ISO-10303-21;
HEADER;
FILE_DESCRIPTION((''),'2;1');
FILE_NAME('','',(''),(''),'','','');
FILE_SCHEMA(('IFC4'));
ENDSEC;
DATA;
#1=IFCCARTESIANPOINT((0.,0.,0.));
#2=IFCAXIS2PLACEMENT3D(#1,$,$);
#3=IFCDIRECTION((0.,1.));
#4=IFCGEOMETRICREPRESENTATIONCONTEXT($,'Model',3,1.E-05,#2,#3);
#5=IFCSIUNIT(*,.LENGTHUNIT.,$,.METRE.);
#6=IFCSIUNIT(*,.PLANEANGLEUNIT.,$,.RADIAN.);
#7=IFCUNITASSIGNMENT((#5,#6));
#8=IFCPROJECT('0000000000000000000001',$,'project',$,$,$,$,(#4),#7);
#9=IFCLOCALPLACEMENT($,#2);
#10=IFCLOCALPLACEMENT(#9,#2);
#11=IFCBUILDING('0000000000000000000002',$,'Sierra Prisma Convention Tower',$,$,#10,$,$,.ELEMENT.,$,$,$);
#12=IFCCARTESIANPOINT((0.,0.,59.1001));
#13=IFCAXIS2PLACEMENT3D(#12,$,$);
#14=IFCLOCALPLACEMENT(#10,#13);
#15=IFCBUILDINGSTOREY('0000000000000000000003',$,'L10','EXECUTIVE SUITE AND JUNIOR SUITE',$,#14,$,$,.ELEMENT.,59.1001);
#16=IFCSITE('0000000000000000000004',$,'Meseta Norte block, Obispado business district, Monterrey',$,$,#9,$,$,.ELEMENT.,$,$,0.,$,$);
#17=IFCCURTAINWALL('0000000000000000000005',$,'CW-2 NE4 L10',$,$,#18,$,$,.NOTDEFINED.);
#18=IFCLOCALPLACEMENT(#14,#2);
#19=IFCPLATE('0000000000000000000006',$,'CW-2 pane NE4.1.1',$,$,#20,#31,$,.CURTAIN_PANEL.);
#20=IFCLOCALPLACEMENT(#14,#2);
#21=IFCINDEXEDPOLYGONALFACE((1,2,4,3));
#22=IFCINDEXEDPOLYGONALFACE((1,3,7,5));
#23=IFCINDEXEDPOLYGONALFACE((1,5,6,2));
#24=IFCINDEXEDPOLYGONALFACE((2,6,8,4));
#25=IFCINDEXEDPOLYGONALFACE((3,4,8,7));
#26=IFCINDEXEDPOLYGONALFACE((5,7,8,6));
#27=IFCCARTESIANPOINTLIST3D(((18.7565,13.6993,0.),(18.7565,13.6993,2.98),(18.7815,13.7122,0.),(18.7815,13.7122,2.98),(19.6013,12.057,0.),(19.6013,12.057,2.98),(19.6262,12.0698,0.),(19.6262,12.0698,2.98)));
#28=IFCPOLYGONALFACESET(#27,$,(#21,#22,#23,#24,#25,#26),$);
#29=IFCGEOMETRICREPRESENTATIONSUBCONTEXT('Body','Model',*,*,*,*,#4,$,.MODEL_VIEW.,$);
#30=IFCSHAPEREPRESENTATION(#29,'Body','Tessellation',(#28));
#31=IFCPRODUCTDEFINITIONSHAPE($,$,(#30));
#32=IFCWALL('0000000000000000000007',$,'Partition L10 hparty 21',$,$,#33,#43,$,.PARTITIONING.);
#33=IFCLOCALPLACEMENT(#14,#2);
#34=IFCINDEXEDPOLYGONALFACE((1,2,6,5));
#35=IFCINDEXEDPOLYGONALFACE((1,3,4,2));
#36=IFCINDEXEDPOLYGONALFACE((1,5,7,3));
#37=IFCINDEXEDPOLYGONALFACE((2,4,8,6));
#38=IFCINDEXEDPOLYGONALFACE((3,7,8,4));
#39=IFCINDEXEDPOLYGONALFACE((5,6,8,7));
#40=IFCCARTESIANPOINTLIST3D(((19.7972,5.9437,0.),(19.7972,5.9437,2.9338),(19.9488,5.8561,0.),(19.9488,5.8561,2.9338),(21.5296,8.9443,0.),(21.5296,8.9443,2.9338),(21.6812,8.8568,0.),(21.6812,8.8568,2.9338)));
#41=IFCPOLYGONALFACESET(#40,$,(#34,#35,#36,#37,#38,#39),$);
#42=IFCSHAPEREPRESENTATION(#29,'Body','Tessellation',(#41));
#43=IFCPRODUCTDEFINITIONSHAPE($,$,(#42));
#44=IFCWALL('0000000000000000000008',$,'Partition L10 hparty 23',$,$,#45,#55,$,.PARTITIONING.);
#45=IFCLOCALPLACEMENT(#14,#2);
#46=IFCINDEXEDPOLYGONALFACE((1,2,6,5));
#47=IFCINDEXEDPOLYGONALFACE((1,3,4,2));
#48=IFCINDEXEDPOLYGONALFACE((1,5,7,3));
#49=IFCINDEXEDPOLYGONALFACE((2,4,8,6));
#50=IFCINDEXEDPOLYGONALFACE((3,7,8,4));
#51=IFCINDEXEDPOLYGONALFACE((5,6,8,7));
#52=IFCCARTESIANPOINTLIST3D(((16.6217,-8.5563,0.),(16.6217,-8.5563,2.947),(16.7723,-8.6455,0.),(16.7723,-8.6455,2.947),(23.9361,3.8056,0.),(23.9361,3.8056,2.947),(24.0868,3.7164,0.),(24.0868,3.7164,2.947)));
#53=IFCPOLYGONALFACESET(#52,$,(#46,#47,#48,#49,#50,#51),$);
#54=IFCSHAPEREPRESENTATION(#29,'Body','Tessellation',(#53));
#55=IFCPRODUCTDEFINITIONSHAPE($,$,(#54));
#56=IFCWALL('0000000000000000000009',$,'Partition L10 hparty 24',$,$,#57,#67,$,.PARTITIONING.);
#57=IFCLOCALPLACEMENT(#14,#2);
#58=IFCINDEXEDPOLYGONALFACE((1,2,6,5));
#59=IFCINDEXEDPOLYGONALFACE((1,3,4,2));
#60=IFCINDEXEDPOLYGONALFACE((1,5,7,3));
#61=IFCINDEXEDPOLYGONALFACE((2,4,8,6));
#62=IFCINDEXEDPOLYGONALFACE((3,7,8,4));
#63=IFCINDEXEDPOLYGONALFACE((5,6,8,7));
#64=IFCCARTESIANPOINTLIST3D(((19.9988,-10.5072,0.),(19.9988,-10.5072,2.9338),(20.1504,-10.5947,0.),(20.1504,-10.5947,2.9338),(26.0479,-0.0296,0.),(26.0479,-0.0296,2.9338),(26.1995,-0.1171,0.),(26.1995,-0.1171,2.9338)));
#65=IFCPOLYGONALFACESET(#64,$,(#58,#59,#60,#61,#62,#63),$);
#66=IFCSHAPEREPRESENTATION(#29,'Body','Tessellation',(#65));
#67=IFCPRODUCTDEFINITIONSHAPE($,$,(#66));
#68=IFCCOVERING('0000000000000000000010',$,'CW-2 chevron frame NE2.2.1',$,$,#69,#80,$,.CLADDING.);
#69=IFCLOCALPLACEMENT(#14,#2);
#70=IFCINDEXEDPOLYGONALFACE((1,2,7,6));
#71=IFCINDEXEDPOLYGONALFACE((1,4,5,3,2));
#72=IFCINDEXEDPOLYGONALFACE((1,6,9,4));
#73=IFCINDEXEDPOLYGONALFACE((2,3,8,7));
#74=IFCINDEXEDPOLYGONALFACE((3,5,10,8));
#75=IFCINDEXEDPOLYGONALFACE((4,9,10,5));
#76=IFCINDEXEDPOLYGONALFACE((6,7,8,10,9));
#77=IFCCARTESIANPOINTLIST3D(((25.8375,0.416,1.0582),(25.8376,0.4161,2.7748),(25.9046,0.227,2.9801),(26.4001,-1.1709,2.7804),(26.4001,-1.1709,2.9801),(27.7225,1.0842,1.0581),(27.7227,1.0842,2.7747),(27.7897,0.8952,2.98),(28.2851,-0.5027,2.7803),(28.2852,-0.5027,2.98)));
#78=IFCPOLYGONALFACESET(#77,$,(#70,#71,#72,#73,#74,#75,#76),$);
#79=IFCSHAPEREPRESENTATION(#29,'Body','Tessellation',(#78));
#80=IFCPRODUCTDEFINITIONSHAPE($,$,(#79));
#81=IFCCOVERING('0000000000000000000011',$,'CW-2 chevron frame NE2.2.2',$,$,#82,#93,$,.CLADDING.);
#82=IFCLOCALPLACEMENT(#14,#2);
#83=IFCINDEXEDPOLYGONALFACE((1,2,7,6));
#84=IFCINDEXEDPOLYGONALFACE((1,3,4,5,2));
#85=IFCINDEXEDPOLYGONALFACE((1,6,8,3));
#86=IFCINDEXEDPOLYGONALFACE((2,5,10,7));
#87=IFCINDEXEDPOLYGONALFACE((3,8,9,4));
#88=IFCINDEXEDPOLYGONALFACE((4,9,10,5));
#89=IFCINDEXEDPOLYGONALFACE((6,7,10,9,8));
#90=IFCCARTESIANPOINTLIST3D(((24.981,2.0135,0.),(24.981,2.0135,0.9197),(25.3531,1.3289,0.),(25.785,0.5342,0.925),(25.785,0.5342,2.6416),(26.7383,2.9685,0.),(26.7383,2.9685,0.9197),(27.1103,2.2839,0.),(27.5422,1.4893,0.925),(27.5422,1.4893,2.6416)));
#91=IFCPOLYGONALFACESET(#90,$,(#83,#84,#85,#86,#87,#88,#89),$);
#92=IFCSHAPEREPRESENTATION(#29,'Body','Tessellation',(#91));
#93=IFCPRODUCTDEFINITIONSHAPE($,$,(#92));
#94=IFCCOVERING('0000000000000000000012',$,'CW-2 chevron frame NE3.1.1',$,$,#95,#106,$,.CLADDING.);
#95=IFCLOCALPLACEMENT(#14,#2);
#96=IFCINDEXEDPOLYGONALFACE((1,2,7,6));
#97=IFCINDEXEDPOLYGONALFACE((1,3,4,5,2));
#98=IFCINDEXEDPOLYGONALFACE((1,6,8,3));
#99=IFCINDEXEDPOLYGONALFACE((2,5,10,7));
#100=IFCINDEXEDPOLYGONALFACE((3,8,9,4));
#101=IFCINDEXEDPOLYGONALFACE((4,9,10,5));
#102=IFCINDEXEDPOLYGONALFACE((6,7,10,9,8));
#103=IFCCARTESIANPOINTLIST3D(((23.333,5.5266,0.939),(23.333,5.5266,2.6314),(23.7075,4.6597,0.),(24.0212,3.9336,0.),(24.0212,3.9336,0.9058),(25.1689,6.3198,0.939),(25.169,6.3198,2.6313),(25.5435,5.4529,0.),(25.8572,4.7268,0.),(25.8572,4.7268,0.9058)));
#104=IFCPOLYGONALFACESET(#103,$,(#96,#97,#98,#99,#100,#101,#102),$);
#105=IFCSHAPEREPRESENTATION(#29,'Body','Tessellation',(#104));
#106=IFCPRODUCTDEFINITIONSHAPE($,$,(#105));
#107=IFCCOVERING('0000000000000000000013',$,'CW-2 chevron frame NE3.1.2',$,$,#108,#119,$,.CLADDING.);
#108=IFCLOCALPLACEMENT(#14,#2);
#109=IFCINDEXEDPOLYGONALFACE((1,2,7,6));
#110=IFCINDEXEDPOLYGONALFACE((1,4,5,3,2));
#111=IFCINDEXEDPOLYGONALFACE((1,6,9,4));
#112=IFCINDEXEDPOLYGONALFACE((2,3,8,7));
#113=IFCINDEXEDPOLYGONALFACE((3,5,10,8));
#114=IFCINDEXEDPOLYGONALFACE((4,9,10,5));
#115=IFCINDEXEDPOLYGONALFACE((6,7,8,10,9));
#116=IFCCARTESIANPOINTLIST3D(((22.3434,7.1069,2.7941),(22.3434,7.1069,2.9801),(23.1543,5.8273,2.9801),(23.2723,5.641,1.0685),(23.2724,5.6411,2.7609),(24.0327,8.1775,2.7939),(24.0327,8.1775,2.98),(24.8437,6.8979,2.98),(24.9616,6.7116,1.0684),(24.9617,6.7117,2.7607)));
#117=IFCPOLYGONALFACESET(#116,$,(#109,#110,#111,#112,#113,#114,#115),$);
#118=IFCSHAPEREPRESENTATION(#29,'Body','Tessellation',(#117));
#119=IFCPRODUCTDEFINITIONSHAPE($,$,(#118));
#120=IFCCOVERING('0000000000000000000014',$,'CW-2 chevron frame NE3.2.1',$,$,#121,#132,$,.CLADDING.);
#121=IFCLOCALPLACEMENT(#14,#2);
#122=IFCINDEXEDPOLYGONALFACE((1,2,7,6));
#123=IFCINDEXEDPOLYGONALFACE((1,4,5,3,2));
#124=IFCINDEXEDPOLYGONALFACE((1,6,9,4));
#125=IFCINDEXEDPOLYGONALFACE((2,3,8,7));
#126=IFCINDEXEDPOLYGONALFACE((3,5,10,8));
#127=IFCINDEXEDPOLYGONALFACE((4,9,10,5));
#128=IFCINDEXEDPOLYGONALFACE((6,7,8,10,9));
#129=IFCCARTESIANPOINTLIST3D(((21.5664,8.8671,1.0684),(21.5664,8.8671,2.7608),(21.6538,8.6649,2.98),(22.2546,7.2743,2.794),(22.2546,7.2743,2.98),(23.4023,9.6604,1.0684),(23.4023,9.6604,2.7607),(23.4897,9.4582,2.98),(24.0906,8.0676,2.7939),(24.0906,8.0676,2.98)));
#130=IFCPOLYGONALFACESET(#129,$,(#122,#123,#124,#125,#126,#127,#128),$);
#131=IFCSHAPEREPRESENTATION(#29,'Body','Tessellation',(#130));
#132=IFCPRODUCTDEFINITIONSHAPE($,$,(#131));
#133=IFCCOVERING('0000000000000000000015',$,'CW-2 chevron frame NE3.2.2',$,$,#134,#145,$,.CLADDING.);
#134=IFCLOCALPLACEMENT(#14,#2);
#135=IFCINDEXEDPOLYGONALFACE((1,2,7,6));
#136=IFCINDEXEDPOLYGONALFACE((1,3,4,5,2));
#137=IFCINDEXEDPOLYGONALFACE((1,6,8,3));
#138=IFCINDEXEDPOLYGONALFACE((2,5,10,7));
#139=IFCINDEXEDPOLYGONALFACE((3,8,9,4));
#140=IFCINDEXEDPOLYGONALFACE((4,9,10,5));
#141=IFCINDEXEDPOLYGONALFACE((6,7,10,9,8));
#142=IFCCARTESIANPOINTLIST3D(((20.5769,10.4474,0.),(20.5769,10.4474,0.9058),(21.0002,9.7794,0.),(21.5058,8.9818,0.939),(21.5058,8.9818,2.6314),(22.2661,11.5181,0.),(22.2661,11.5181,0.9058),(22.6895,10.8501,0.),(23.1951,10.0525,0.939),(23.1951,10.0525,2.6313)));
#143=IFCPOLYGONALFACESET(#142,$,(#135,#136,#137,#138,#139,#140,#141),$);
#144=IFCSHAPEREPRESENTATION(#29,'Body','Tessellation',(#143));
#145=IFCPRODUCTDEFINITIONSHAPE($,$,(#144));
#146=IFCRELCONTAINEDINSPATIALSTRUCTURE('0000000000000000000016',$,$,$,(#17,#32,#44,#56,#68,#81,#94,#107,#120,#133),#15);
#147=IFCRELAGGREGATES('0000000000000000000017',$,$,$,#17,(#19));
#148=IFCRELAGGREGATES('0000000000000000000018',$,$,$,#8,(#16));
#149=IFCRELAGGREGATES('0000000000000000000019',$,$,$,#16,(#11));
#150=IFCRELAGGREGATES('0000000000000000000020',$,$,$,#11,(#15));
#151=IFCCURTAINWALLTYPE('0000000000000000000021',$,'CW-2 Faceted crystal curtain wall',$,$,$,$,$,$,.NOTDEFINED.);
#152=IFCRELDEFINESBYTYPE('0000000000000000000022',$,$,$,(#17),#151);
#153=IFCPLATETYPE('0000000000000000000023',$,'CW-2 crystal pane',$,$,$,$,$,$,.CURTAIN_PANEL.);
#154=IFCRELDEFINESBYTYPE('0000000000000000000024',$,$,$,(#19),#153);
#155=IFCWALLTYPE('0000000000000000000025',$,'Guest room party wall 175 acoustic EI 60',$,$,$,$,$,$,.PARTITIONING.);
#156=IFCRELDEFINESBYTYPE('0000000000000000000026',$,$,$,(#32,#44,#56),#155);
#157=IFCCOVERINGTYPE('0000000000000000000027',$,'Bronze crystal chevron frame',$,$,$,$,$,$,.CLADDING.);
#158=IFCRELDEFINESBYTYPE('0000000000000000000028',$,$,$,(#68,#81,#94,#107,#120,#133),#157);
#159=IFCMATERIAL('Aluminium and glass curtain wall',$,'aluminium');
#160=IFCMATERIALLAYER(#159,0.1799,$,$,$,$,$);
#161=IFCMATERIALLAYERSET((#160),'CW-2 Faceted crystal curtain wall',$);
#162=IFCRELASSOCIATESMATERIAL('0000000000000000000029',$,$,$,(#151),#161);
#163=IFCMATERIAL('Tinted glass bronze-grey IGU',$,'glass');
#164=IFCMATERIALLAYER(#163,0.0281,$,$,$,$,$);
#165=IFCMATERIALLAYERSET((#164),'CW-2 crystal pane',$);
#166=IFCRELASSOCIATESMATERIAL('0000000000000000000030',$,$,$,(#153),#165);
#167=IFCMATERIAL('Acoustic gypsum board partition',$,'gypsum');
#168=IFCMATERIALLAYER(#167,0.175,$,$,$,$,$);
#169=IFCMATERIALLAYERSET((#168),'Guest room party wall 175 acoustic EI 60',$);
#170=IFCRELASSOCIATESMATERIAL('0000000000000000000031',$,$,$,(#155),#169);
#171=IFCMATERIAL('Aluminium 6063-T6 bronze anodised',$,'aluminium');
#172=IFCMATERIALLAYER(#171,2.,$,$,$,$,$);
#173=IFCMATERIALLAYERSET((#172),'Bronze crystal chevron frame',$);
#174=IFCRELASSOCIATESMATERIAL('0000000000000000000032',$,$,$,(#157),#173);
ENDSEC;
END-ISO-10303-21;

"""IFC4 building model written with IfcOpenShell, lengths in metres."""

from ifc_helpers import new_model, si_unit, direction, frame, frame_2d, origin, place, context, subcontext, project, spatial, polyline, rectangle, outline, extrude, material, layer, layer_set, type_object, element, aggregate, save


model = new_model("IFC4")

# Units and contexts
model_context = context("Model", 3, precision=1e-05, world=origin(), true_north=direction((0.0, 1.0)))
body_context = subcontext(model_context, "Body", "Model", "MODEL_VIEW")
ifc_project = project(units=[si_unit("LENGTHUNIT", "METRE"), si_unit("PLANEANGLEUNIT", "RADIAN")], contexts=[model_context])

# Site, building, storey
site_placement = place(None, origin())
site = spatial("IfcSite", under=ifc_project, at=site_placement, Name="Meseta Norte block, Obispado business district, Monterrey", CompositionType="ELEMENT", RefElevation=0.0)
building_placement = place(site_placement, origin())
building = spatial("IfcBuilding", under=site, at=building_placement, Name="Sierra Prisma Convention Tower", CompositionType="ELEMENT")
storey_placement = place(building_placement, frame((0.0, 0.0, 59.1001)))
storey = spatial("IfcBuildingStorey", under=building, at=storey_placement, Name="L10", Description="EXECUTIVE SUITE AND JUNIOR SUITE", CompositionType="ELEMENT", Elevation=59.1001)

# Shared definitions
ifc_material_1 = material(Name="Aluminium and glass curtain wall", Category="aluminium")
ifc_layer_1 = layer(ifc_material_1, 0.1799)
ifc_layer_set_1 = layer_set([ifc_layer_1], Name="CW-2 Faceted crystal curtain wall")
curtain_wall_type = type_object("IfcCurtainWallType", Name="CW-2 Faceted crystal curtain wall", PredefinedType="NOTDEFINED", material=ifc_layer_set_1)

# Curtain wall
curtain_wall_1_placement = place(storey_placement, origin())
curtain_wall_1 = element("IfcCurtainWall", 1, at=curtain_wall_1_placement, inside=storey, type_object=curtain_wall_type, Name="CW-2 NE4 L10", PredefinedType="NOTDEFINED")

# Plate
ifc_material_2 = material(Name="Tinted glass bronze-grey IGU", Category="glass")
ifc_layer_2 = layer(ifc_material_2, 0.0281)
ifc_layer_set_2 = layer_set([ifc_layer_2], Name="CW-2 crystal pane")
plate_type = type_object("IfcPlateType", Name="CW-2 crystal pane", PredefinedType="CURTAIN_PANEL", material=ifc_layer_set_2)
plate_1_placement = place(storey_placement, frame((19.6262, 12.0698, 0.0), z_axis=(0.889266, 0.45739, 0.0), x_axis=(-0.45739, 0.889266, 0.0)))
plate_1 = element("IfcPlate", 2, at=plate_1_placement, type_object=plate_type, Name="CW-2 pane NE4.1.1", PredefinedType="CURTAIN_PANEL", context=body_context, shape_type="SweptSolid", body=[
    extrude(outline(polyline([(0.0, 0.0), (1.8468, 0.0), (1.8468, 2.98), (0.0, 2.98), (0.0, 0.0)])), origin(), (0.0, 0.0, -1.0), 0.0281),
])
aggregate(curtain_wall_1, [plate_1])

# Walls
ifc_material_3 = material(Name="Acoustic gypsum board partition", Category="gypsum")
ifc_layer_3 = layer(ifc_material_3, 0.175)
ifc_layer_set_3 = layer_set([ifc_layer_3], Name="Guest room party wall 175 acoustic EI 60")
wall_type = type_object("IfcWallType", Name="Guest room party wall 175 acoustic EI 60", PredefinedType="PARTITIONING", material=ifc_layer_set_3)
wall_1_placement = place(storey_placement, frame((19.873, 5.8999, 0.0), z_axis=(0.0, 0.0, 1.0), x_axis=(0.499989, 0.866032, 0.0)))
element("IfcWall", 3, at=wall_1_placement, inside=storey, type_object=wall_type, Name="Partition L10 hparty 21", PredefinedType="PARTITIONING", context=body_context, shape_type="SweptSolid", body=[
    extrude(rectangle(XDim=3.4648, YDim=0.175, at=frame_2d((1.7324, 0.0))), origin(), (0.0, 0.0, 1.0), 2.9338),
])
wall_2_placement = place(storey_placement, frame((24.0115, 3.761, 0.0), z_axis=(0.0, 0.0, 1.0), x_axis=(-0.509232, -0.860629, 0.0)))
element("IfcWall", 4, at=wall_2_placement, inside=storey, type_object=wall_type, Name="Partition L10 hparty 23", PredefinedType="PARTITIONING", context=body_context, shape_type="SweptSolid", body=[
    extrude(rectangle(XDim=14.3638, YDim=0.175, at=frame_2d((7.1819, 0.0))), origin(), (0.0, 0.0, 1.0), 2.947),
])
wall_3_placement = place(storey_placement, frame((26.1238, -0.0732, 0.0), z_axis=(0.0, 0.0, 1.0), x_axis=(-0.499991, -0.86603, 0.0)))
element("IfcWall", 5, at=wall_3_placement, inside=storey, type_object=wall_type, Name="Partition L10 hparty 24", PredefinedType="PARTITIONING", context=body_context, shape_type="SweptSolid", body=[
    extrude(rectangle(XDim=12.0984, YDim=0.175, at=frame_2d((6.0493, 0.0))), origin(), (0.0, 0.0, 1.0), 2.9338),
])

# Coverings
ifc_material_4 = material(Name="Aluminium 6063-T6 bronze anodised", Category="aluminium")
ifc_layer_4 = layer(ifc_material_4, 2.0)
ifc_layer_set_4 = layer_set([ifc_layer_4], Name="Bronze crystal chevron frame")
covering_type = type_object("IfcCoveringType", Name="Bronze crystal chevron frame", PredefinedType="CLADDING", material=ifc_layer_set_4)
covering_1_placement = place(storey_placement, frame((28.2852, -0.5027, 2.98), z_axis=(0.942543, 0.334086, -0.000071), x_axis=(-0.000067, -0.000024, -1.0)))
element("IfcCovering", 6, at=covering_1_placement, inside=storey, type_object=covering_type, Name="CW-2 chevron frame NE2.2.1", PredefinedType="CLADDING", context=body_context, shape_type="SweptSolid", body=[
    extrude(outline(polyline([(0.0, 0.0), (0.1997, 0.0), (1.9219, 1.6837), (0.2053, 1.6837), (0.0, 1.4831), (0.0, 0.0)])), origin(), (0.0, 0.0, -1.0), 2.0),
])
covering_2_placement = place(storey_placement, frame((26.7383, 2.9685, 0.0), z_axis=(0.878619, 0.477523, 0.000004), x_axis=(-0.000003, -0.000002, 1.0)))
element("IfcCovering", 7, at=covering_2_placement, inside=storey, type_object=covering_type, Name="CW-2 chevron frame NE2.2.2", PredefinedType="CLADDING", context=body_context, shape_type="SweptSolid", body=[
    extrude(outline(polyline([(0.0, 0.0), (0.9197, 0.0), (2.6416, 1.6836), (0.925, 1.6836), (0.0, 0.7791), (0.0, 0.0)])), origin(), (0.0, 0.0, -1.0), 2.0),
])
covering_3_placement = place(storey_placement, frame((25.8572, 4.7268, 0.0), z_axis=(0.917989, 0.396606, -0.00001), x_axis=(-0.396606, 0.917989, 0.0)))
element("IfcCovering", 8, at=covering_3_placement, inside=storey, type_object=covering_type, Name="CW-2 chevron frame NE3.1.1", PredefinedType="CLADDING", context=body_context, shape_type="SweptSolid", body=[
    extrude(outline(polyline([(0.0, 0.0), (0.791, 0.0), (1.7353, 0.939), (1.7353, 2.6313), (0.0, 0.9058), (0.0, 0.0)])), origin(), (0.0, 0.0, -1.0), 2.0),
])
covering_4_placement = place(storey_placement, frame((24.9617, 6.7117, 2.7607), z_axis=(0.844658, 0.535306, -0.000054), x_axis=(-0.000046, -0.000029, -1.0)))
element("IfcCovering", 9, at=covering_4_placement, inside=storey, type_object=covering_type, Name="CW-2 chevron frame NE3.1.2", PredefinedType="CLADDING", context=body_context, shape_type="SweptSolid", body=[
    extrude(outline(polyline([(0.0, 0.0), (1.6924, 0.0), (-0.0332, 1.7354), (-0.2192, 1.7354), (-0.2192, 0.2205), (0.0, 0.0)])), origin(), (0.0, 0.0, -1.0), 2.0),
])
covering_5_placement = place(storey_placement, frame((24.0906, 8.0676, 2.98), z_axis=(0.91797, 0.396649, -0.000024), x_axis=(-0.000022, -0.00001, -1.0)))
element("IfcCovering", 10, at=covering_5_placement, inside=storey, type_object=covering_type, Name="CW-2 chevron frame NE3.2.1", PredefinedType="CLADDING", context=body_context, shape_type="SweptSolid", body=[
    extrude(outline(polyline([(0.0, 0.0), (0.186, 0.0), (1.9116, 1.7351), (0.2192, 1.7351), (0.0, 1.5149), (0.0, 0.0)])), origin(), (0.0, 0.0, -1.0), 2.0),
])
covering_6_placement = place(storey_placement, frame((22.2661, 11.5181, 0.0), z_axis=(0.844626, 0.535357, -0.000015), x_axis=(0.000012, 0.000008, 1.0)))
element("IfcCovering", 11, at=covering_6_placement, inside=storey, type_object=covering_type, Name="CW-2 chevron frame NE3.2.2", PredefinedType="CLADDING", context=body_context, shape_type="SweptSolid", body=[
    extrude(outline(polyline([(0.0, 0.0), (0.9058, 0.0), (2.6313, 1.7352), (0.939, 1.7352), (0.0, 0.7908), (0.0, 0.0)])), origin(), (0.0, 0.0, -1.0), 2.0),
])

save(model, "model.ifc")
